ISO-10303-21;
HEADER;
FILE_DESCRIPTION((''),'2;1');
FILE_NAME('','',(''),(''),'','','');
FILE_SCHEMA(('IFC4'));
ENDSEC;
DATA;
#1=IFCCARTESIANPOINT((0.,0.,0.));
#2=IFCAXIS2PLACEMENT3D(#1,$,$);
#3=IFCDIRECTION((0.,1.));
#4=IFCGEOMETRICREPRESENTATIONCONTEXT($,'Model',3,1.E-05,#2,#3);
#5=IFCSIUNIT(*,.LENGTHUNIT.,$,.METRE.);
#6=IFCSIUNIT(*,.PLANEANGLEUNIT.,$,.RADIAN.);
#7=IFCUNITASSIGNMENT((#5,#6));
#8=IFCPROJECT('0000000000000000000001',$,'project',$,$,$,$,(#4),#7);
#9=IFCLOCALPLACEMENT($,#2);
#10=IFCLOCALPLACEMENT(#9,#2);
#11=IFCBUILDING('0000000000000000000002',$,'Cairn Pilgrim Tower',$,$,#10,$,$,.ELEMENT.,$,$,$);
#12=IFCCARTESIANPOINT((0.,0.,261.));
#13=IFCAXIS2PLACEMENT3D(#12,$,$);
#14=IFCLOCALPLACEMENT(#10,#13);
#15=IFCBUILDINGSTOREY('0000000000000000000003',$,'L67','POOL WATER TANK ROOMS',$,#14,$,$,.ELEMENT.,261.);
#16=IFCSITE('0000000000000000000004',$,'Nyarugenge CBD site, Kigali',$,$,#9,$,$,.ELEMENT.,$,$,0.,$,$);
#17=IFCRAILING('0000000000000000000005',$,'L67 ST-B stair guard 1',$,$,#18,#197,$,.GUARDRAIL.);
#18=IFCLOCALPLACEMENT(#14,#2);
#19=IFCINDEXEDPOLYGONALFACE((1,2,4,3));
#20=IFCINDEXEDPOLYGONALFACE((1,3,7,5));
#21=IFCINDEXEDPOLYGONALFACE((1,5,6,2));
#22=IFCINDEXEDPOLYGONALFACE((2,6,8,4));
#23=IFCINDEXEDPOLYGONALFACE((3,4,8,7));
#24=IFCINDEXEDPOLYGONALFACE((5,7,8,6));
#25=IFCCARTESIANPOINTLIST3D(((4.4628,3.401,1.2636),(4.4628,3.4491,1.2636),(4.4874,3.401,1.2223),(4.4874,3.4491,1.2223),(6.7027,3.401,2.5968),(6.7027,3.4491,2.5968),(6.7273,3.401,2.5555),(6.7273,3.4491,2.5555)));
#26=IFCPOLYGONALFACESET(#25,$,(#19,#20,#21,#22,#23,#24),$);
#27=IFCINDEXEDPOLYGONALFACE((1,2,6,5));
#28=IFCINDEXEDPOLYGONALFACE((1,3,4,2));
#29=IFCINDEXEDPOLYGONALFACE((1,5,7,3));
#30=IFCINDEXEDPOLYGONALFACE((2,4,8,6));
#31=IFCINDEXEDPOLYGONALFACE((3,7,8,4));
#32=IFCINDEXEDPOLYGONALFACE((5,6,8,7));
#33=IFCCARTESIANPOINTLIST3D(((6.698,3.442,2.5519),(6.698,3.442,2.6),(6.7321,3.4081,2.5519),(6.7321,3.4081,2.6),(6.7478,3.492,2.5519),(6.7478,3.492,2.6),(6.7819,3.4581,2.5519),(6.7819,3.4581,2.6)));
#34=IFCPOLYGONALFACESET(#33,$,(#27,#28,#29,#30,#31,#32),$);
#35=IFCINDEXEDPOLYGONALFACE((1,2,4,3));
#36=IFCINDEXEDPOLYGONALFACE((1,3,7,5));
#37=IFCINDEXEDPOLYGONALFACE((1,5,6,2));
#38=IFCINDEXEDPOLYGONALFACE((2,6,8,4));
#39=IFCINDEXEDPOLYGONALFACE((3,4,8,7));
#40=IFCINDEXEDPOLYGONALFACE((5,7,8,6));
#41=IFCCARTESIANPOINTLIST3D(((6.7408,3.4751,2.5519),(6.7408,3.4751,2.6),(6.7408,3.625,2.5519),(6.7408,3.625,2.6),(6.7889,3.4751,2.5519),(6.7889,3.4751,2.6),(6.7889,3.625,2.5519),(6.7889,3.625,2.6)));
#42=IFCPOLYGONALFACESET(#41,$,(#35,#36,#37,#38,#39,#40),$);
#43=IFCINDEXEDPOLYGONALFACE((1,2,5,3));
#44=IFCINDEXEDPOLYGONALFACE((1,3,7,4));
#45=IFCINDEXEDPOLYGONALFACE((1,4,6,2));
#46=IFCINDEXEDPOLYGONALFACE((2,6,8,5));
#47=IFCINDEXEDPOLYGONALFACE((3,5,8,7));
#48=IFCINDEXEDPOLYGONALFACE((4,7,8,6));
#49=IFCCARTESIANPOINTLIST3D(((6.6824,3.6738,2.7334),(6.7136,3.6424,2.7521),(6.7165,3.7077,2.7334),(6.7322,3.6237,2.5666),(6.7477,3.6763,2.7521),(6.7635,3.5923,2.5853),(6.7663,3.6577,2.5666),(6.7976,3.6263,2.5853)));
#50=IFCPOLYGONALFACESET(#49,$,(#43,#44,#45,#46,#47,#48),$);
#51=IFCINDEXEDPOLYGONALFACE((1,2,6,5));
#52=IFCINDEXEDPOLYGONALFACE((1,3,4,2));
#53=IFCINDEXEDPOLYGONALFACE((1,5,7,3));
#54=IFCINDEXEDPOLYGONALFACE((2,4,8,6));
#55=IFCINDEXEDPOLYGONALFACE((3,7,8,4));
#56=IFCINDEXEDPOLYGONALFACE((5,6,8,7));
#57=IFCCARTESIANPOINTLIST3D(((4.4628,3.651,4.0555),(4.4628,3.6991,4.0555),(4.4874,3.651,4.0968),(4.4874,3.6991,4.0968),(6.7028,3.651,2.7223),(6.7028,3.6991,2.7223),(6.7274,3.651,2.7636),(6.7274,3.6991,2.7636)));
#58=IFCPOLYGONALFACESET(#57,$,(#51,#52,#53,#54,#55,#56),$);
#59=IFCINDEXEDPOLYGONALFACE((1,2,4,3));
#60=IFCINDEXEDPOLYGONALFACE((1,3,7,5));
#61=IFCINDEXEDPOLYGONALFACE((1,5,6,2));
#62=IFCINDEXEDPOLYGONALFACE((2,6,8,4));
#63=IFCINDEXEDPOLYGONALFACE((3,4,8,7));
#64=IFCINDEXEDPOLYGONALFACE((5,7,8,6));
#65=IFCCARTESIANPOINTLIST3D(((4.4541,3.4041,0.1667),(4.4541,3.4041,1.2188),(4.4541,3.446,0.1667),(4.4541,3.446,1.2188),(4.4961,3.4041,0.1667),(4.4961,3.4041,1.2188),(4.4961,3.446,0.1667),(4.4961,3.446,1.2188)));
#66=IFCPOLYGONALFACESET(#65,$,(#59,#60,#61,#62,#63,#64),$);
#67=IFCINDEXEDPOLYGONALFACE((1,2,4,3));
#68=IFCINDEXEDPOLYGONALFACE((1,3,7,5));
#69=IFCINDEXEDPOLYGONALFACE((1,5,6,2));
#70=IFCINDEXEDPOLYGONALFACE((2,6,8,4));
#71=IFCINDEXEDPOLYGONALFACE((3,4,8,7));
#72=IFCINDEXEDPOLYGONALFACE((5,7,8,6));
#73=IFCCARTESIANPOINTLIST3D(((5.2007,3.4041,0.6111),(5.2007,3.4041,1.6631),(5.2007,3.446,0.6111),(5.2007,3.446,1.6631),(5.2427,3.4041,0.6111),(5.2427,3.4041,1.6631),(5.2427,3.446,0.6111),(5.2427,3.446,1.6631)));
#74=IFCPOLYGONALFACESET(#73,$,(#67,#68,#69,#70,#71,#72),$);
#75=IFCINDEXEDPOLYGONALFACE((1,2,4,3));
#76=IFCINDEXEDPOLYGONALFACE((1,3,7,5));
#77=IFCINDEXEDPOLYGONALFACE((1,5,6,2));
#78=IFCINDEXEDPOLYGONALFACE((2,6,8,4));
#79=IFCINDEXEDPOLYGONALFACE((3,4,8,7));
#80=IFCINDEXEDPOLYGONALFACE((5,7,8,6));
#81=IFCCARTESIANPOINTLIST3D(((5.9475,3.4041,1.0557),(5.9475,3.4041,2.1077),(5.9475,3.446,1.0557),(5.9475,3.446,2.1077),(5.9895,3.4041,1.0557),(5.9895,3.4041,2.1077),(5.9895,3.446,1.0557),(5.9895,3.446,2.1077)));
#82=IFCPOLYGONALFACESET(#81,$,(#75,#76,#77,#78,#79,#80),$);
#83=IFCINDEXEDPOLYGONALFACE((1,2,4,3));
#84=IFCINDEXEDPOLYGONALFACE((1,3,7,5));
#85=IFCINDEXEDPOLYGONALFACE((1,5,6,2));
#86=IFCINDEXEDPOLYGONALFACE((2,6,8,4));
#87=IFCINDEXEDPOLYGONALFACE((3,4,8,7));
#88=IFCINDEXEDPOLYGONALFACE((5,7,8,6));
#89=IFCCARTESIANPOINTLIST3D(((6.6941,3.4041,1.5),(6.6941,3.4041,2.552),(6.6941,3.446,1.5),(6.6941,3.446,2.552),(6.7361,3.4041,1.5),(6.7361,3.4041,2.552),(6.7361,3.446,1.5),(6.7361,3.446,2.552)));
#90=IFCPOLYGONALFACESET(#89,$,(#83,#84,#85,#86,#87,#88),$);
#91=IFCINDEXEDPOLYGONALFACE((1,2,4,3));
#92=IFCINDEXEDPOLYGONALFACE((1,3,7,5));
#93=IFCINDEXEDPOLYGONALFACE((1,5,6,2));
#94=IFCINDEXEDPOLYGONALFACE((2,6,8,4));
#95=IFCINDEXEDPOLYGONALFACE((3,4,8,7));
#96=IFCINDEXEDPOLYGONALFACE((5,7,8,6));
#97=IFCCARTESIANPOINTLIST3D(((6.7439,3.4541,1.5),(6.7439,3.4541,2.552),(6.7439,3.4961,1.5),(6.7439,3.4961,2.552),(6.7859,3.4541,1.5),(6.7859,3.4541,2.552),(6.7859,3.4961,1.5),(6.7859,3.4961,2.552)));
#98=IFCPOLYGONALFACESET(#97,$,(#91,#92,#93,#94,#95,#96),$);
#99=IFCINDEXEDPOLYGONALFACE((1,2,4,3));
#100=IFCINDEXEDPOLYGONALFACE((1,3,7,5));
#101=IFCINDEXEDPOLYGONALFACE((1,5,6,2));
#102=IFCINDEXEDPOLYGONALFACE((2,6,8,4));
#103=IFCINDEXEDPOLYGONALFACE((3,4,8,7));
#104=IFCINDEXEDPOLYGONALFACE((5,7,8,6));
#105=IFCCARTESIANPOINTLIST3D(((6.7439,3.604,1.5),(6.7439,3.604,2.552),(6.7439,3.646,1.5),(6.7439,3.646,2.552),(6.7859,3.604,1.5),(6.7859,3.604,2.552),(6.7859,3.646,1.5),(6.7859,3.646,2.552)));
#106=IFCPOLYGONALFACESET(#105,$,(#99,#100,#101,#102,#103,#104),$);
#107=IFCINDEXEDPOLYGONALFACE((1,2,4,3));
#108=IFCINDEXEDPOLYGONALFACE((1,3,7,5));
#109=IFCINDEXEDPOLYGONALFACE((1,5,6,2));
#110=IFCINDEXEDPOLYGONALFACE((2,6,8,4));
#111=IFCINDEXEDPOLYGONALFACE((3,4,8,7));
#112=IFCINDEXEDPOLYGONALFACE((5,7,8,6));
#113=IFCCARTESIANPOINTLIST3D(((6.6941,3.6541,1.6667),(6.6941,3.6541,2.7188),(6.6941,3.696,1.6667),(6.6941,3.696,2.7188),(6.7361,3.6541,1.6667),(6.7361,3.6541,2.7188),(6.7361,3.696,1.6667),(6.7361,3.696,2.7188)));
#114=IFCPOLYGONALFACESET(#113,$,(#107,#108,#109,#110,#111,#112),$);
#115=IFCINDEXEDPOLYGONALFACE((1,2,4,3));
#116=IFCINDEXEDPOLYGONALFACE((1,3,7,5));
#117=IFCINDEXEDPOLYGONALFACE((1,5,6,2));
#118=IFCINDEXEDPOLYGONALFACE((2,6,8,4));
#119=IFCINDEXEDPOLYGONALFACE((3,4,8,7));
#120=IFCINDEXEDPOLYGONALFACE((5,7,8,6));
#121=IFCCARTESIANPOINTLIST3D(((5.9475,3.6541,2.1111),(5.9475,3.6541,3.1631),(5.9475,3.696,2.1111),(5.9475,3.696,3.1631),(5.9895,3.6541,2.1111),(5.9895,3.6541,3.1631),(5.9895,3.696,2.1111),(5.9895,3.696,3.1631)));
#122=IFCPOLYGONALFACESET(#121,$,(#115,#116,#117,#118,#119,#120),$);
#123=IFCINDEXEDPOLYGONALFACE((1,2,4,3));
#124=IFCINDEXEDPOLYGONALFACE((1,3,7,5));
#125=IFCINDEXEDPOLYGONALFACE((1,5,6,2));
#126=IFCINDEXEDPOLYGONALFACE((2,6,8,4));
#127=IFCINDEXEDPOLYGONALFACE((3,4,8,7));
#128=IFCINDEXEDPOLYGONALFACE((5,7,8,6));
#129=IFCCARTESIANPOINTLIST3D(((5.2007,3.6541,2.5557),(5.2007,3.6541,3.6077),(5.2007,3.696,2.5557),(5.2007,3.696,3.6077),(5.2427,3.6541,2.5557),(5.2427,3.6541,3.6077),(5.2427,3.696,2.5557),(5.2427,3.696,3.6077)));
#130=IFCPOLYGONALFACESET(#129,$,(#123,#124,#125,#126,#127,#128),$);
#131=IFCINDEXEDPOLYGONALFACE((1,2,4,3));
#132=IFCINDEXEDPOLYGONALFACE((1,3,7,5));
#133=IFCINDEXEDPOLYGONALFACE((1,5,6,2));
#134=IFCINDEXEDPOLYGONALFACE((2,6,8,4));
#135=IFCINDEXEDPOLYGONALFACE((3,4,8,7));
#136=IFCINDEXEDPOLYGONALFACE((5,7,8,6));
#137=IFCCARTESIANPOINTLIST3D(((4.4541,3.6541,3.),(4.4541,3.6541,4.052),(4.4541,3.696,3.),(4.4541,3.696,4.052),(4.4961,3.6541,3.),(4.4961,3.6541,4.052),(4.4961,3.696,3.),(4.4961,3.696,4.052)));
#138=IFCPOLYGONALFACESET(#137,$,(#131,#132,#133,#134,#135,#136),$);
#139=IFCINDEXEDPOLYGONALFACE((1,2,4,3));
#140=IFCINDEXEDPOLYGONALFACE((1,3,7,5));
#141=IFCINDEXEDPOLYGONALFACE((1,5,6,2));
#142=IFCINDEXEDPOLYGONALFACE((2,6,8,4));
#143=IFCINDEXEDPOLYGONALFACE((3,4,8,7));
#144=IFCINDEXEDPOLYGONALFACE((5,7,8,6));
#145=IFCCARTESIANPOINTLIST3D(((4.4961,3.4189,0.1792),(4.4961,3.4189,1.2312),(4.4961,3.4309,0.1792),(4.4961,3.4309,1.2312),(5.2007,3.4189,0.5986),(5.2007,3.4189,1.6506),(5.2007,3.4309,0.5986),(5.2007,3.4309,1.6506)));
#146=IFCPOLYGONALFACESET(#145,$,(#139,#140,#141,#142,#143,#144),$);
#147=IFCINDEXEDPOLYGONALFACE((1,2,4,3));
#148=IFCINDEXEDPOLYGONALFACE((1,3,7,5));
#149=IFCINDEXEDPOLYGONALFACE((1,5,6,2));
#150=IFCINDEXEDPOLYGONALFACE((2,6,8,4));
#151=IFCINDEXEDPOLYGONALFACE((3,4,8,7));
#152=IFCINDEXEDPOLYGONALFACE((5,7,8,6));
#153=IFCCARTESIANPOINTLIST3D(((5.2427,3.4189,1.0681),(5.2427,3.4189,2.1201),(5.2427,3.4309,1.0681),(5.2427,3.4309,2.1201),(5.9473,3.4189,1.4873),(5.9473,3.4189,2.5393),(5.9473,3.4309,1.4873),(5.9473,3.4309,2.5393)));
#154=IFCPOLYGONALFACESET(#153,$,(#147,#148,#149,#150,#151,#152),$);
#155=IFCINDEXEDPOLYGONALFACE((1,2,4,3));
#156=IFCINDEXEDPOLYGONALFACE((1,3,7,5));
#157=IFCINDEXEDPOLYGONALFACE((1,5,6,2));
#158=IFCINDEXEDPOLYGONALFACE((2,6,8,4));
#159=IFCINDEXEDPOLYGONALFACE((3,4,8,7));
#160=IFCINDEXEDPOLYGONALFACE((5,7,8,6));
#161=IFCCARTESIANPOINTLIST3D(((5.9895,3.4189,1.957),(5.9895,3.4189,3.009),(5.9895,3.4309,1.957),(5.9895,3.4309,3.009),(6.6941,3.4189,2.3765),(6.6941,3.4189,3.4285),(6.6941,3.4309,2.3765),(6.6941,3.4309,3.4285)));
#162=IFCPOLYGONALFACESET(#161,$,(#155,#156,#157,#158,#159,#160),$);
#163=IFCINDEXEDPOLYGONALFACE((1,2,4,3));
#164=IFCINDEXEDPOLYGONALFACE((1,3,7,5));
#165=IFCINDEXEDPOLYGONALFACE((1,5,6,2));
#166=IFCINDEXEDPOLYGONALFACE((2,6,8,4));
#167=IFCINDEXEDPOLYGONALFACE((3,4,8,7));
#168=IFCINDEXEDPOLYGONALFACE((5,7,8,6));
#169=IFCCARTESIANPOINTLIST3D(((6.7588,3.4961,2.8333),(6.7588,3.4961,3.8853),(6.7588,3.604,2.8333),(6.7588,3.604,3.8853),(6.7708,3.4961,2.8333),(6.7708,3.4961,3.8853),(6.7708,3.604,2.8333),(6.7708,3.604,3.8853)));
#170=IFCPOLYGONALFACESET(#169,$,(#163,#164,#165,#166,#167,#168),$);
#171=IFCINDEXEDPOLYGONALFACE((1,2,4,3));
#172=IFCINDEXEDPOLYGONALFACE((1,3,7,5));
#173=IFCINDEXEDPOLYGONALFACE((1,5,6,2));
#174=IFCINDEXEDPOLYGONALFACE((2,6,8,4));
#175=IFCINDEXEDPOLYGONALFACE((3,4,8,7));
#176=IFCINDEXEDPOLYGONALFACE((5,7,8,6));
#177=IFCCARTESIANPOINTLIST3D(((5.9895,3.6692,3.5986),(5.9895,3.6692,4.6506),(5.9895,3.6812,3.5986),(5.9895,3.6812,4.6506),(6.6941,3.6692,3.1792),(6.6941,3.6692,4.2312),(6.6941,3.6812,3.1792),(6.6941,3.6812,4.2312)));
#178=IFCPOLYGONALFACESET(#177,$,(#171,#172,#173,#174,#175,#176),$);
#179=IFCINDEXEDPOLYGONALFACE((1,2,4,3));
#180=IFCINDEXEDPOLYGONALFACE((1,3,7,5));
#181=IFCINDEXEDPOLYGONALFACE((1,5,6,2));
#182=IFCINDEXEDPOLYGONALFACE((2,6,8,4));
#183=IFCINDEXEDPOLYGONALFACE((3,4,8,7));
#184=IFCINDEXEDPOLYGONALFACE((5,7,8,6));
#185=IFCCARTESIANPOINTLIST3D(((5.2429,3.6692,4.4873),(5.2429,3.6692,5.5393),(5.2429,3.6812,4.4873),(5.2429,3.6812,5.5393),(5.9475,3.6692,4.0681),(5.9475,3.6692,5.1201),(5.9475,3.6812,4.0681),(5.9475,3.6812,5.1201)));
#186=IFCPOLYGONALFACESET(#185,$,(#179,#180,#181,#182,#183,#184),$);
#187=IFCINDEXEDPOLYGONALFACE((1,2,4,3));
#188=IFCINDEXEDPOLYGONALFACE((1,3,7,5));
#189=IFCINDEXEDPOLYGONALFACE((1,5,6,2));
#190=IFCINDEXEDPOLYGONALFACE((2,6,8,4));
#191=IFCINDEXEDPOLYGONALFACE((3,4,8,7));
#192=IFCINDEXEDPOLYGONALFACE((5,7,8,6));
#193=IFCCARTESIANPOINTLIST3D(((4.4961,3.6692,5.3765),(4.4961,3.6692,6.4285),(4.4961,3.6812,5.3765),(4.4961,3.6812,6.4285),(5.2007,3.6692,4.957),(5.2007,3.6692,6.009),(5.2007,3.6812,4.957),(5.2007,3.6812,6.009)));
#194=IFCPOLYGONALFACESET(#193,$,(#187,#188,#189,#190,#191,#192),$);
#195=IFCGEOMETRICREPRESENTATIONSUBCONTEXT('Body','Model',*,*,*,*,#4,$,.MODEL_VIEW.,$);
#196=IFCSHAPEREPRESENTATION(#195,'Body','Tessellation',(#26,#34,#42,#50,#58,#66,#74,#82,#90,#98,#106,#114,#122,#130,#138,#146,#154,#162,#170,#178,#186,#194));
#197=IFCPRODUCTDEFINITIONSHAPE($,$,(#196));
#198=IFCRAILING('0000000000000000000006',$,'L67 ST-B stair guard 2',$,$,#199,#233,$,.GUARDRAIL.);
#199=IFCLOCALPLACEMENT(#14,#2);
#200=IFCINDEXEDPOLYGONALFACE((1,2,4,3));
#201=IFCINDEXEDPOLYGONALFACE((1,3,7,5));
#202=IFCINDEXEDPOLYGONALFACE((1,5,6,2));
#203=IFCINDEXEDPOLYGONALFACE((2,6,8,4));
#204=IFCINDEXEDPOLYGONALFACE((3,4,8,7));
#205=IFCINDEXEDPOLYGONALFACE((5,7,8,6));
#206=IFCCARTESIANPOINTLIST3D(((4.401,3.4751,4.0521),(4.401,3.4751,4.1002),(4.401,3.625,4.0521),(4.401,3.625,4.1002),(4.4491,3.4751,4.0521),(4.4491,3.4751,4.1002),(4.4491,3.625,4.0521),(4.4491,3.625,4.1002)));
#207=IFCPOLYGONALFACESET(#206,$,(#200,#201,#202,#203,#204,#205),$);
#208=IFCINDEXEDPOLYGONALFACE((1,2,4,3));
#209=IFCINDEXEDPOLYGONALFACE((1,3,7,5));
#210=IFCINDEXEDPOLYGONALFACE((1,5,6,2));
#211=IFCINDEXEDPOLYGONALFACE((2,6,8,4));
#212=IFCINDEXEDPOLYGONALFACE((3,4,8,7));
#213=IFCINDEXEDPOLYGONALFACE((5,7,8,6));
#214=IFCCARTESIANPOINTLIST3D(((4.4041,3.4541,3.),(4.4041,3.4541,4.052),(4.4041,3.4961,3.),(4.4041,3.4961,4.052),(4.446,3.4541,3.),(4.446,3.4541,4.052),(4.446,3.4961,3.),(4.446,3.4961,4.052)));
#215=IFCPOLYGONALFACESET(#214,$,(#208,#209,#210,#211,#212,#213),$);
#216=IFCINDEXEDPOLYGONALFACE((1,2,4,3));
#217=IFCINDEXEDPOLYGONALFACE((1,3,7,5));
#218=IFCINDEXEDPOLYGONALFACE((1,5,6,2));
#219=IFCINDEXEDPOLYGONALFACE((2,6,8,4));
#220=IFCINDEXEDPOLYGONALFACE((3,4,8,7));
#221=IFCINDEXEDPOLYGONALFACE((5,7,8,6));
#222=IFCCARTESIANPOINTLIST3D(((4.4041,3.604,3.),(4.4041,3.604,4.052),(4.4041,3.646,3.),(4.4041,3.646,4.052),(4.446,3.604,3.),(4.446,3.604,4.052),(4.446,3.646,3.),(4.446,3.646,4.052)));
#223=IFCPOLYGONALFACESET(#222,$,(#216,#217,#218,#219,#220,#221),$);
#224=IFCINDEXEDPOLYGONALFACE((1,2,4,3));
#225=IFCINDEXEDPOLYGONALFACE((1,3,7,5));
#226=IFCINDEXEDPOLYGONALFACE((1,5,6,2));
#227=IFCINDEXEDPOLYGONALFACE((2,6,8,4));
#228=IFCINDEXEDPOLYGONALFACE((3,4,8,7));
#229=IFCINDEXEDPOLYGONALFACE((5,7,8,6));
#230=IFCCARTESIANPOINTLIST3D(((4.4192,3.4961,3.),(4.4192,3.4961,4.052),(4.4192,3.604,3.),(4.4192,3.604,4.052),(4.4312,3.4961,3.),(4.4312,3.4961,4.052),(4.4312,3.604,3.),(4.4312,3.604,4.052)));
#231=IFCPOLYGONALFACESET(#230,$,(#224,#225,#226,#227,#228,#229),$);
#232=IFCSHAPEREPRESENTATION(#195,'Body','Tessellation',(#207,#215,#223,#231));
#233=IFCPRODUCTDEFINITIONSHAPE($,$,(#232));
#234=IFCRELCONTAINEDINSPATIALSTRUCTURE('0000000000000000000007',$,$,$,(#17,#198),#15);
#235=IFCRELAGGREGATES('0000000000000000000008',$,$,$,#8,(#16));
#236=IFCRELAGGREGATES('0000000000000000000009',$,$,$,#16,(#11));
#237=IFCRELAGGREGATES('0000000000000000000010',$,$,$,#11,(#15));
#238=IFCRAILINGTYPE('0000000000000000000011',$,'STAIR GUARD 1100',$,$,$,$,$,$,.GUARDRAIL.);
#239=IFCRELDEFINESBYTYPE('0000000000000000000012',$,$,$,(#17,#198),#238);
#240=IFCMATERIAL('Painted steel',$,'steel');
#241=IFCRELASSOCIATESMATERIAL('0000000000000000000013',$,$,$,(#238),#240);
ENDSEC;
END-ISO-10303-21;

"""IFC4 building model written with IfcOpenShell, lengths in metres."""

from ifc_helpers import new_model, si_unit, direction, frame, origin, origin_2d, place, context, subcontext, project, spatial, polyline, rectangle, outline, extrude, material, type_object, element, save


model = new_model("IFC4")

# Units and contexts
model_context = context("Model", 3, precision=1e-05, world=origin(), true_north=direction((0.0, 1.0)))
body_context = subcontext(model_context, "Body", "Model", "MODEL_VIEW")
ifc_project = project(units=[si_unit("LENGTHUNIT", "METRE"), si_unit("PLANEANGLEUNIT", "RADIAN")], contexts=[model_context])

# Site, building, storey
site_placement = place(None, origin())
site = spatial("IfcSite", under=ifc_project, at=site_placement, Name="Nyarugenge CBD site, Kigali", CompositionType="ELEMENT", RefElevation=0.0)
building_placement = place(site_placement, origin())
building = spatial("IfcBuilding", under=site, at=building_placement, Name="Cairn Pilgrim Tower", CompositionType="ELEMENT")
storey_placement = place(building_placement, frame((0.0, 0.0, 261.0)))
storey = spatial("IfcBuildingStorey", under=building, at=storey_placement, Name="L67", Description="POOL WATER TANK ROOMS", CompositionType="ELEMENT", Elevation=261.0)

# Shared definitions
ifc_material_1 = material(Name="Painted steel", Category="steel")

# Railings
railing_type_1 = type_object("IfcRailingType", Name="STAIR GUARD 1100", PredefinedType="GUARDRAIL", material=ifc_material_1)
railing_1_placement = place(storey_placement, frame((4.4751, 3.425, 0.1667)))
element("IfcRailing", 1, at=railing_1_placement, inside=storey, type_object=railing_type_1, Name="L67 ST-B stair guard 1", PredefinedType="GUARDRAIL", context=body_context, shape_type="SweptSolid", body=[
    extrude(rectangle(XDim=0.0481, YDim=0.0481, at=origin_2d()), frame((0.0, 0.0, 1.0762), z_axis=(0.859306, 0.0, 0.511462), x_axis=(0.0, 1.0, 0.0)), (0.0, 0.0, 1.0), 2.6067),
    extrude(rectangle(XDim=0.0481, YDim=0.0481, at=origin_2d()), frame((2.24, 0.0, 2.4092), z_axis=(0.705376, 0.708834, 0.0), x_axis=(-0.708834, 0.705376, 0.0)), (0.0, 0.0, 1.0), 0.0706),
    extrude(rectangle(XDim=0.0481, YDim=0.0481, at=origin_2d()), frame((2.2898, 0.05, 2.4092), z_axis=(0.0, 1.0, 0.0), x_axis=(-1.0, 0.0, 0.0)), (0.0, 0.0, 1.0), 0.1499),
    extrude(rectangle(XDim=0.0481, YDim=0.0481, at=origin_2d()), frame((2.2898, 0.2, 2.4092), z_axis=(-0.275041, 0.276389, 0.920848), x_axis=(-0.708834, -0.705376, 0.0)), (0.0, 0.0, 1.0), 0.1812),
    extrude(rectangle(XDim=0.0481, YDim=0.0481, at=origin_2d()), frame((2.24, 0.25, 2.5762), z_axis=(-0.859306, 0.0, 0.511462), x_axis=(0.0, -1.0, 0.0)), (0.0, 0.0, 1.0), 2.6067),
    extrude(rectangle(XDim=0.042, YDim=0.042, at=origin_2d()), origin(), (0.0, 0.0, 1.0), 1.052),
    extrude(rectangle(XDim=0.042, YDim=0.042, at=origin_2d()), frame((0.7466, 0.0, 0.4443)), (0.0, 0.0, 1.0), 1.052),
    extrude(rectangle(XDim=0.042, YDim=0.042, at=origin_2d()), frame((1.4934, 0.0, 0.8889)), (0.0, 0.0, 1.0), 1.052),
    extrude(rectangle(XDim=0.042, YDim=0.042, at=origin_2d()), frame((2.24, 0.0, 1.3333)), (0.0, 0.0, 1.0), 1.052),
    extrude(rectangle(XDim=0.042, YDim=0.042, at=origin_2d()), frame((2.2898, 0.05, 1.3333)), (0.0, 0.0, 1.0), 1.052),
    extrude(rectangle(XDim=0.042, YDim=0.042, at=origin_2d()), frame((2.2898, 0.2, 1.3333)), (0.0, 0.0, 1.0), 1.052),
    extrude(rectangle(XDim=0.042, YDim=0.042, at=origin_2d()), frame((2.24, 0.25, 1.5)), (0.0, 0.0, 1.0), 1.052),
    extrude(rectangle(XDim=0.042, YDim=0.042, at=origin_2d()), frame((1.4934, 0.25, 1.9443)), (0.0, 0.0, 1.0), 1.052),
    extrude(rectangle(XDim=0.042, YDim=0.042, at=origin_2d()), frame((0.7466, 0.25, 2.3889)), (0.0, 0.0, 1.0), 1.052),
    extrude(rectangle(XDim=0.042, YDim=0.042, at=origin_2d()), frame((0.0, 0.25, 2.8333)), (0.0, 0.0, 1.0), 1.052),
    extrude(outline(polyline([(0.021, 0.0125), (0.7256, 0.4319), (0.7256, 1.4839), (0.021, 1.0645), (0.021, 0.0125)])), frame((0.0, 0.0059, 0.0), z_axis=(0.0, -1.0, 0.0), x_axis=(1.0, 0.0, 0.0)), (0.0, 0.0, 1.0), 0.012),
    extrude(outline(polyline([(0.021, 0.457), (0.7256, 0.8762), (0.7256, 1.9282), (0.021, 1.509), (0.021, 0.457)])), frame((0.7466, 0.0059, 0.4443), z_axis=(0.0, -1.0, 0.0), x_axis=(1.0, 0.0, 0.0)), (0.0, 0.0, 1.0), 0.012),
    extrude(outline(polyline([(0.021, 0.9014), (0.7256, 1.3208), (0.7256, 2.3728), (0.021, 1.9534), (0.021, 0.9014)])), frame((1.4934, 0.0059, 0.8889), z_axis=(0.0, -1.0, 0.0), x_axis=(1.0, 0.0, 0.0)), (0.0, 0.0, 1.0), 0.012),
    extrude(outline(polyline([(0.021, 1.3333), (0.1289, 1.3333), (0.1289, 2.3853), (0.021, 2.3853), (0.021, 1.3333)])), frame((2.2837, 0.05, 1.3333), z_axis=(1.0, 0.0, 0.0), x_axis=(0.0, 1.0, 0.0)), (0.0, 0.0, 1.0), 0.012),
    extrude(outline(polyline([(0.021, 1.5125), (0.7256, 1.9319), (0.7256, 2.9839), (0.021, 2.5645), (0.021, 1.5125)])), frame((2.24, 0.2441, 1.5), z_axis=(0.0, 1.0, 0.0), x_axis=(-1.0, 0.0, 0.0)), (0.0, 0.0, 1.0), 0.012),
    extrude(outline(polyline([(0.021, 1.957), (0.7256, 2.3762), (0.7256, 3.4282), (0.021, 3.009), (0.021, 1.957)])), frame((1.4934, 0.2441, 1.9443), z_axis=(0.0, 1.0, 0.0), x_axis=(-1.0, 0.0, 0.0)), (0.0, 0.0, 1.0), 0.012),
    extrude(outline(polyline([(0.021, 2.4014), (0.7256, 2.8208), (0.7256, 3.8728), (0.021, 3.4534), (0.021, 2.4014)])), frame((0.7466, 0.2441, 2.3889), z_axis=(0.0, 1.0, 0.0), x_axis=(-1.0, 0.0, 0.0)), (0.0, 0.0, 1.0), 0.012),
])
railing_2_placement = place(storey_placement, frame((4.425, 3.4751, 3.0)))
element("IfcRailing", 2, at=railing_2_placement, inside=storey, type_object=railing_type_1, Name="L67 ST-B stair guard 2", PredefinedType="GUARDRAIL", context=body_context, shape_type="SweptSolid", body=[
    extrude(rectangle(XDim=0.0481, YDim=0.0481, at=origin_2d()), frame((0.0, 0.0, 1.0762), z_axis=(0.0, 1.0, 0.0), x_axis=(-1.0, 0.0, 0.0)), (0.0, 0.0, 1.0), 0.1499),
    extrude(rectangle(XDim=0.042, YDim=0.042, at=origin_2d()), origin(), (0.0, 0.0, 1.0), 1.052),
    extrude(rectangle(XDim=0.042, YDim=0.042, at=origin_2d()), frame((0.0, 0.1499, 0.0)), (0.0, 0.0, 1.0), 1.052),
    extrude(outline(polyline([(0.021, 0.0), (0.1289, 0.0), (0.1289, 1.052), (0.021, 1.052), (0.021, 0.0)])), frame((-0.0059, 0.0, 0.0), z_axis=(1.0, 0.0, 0.0), x_axis=(0.0, 1.0, 0.0)), (0.0, 0.0, 1.0), 0.012),
])

save(model, "model.ifc")
